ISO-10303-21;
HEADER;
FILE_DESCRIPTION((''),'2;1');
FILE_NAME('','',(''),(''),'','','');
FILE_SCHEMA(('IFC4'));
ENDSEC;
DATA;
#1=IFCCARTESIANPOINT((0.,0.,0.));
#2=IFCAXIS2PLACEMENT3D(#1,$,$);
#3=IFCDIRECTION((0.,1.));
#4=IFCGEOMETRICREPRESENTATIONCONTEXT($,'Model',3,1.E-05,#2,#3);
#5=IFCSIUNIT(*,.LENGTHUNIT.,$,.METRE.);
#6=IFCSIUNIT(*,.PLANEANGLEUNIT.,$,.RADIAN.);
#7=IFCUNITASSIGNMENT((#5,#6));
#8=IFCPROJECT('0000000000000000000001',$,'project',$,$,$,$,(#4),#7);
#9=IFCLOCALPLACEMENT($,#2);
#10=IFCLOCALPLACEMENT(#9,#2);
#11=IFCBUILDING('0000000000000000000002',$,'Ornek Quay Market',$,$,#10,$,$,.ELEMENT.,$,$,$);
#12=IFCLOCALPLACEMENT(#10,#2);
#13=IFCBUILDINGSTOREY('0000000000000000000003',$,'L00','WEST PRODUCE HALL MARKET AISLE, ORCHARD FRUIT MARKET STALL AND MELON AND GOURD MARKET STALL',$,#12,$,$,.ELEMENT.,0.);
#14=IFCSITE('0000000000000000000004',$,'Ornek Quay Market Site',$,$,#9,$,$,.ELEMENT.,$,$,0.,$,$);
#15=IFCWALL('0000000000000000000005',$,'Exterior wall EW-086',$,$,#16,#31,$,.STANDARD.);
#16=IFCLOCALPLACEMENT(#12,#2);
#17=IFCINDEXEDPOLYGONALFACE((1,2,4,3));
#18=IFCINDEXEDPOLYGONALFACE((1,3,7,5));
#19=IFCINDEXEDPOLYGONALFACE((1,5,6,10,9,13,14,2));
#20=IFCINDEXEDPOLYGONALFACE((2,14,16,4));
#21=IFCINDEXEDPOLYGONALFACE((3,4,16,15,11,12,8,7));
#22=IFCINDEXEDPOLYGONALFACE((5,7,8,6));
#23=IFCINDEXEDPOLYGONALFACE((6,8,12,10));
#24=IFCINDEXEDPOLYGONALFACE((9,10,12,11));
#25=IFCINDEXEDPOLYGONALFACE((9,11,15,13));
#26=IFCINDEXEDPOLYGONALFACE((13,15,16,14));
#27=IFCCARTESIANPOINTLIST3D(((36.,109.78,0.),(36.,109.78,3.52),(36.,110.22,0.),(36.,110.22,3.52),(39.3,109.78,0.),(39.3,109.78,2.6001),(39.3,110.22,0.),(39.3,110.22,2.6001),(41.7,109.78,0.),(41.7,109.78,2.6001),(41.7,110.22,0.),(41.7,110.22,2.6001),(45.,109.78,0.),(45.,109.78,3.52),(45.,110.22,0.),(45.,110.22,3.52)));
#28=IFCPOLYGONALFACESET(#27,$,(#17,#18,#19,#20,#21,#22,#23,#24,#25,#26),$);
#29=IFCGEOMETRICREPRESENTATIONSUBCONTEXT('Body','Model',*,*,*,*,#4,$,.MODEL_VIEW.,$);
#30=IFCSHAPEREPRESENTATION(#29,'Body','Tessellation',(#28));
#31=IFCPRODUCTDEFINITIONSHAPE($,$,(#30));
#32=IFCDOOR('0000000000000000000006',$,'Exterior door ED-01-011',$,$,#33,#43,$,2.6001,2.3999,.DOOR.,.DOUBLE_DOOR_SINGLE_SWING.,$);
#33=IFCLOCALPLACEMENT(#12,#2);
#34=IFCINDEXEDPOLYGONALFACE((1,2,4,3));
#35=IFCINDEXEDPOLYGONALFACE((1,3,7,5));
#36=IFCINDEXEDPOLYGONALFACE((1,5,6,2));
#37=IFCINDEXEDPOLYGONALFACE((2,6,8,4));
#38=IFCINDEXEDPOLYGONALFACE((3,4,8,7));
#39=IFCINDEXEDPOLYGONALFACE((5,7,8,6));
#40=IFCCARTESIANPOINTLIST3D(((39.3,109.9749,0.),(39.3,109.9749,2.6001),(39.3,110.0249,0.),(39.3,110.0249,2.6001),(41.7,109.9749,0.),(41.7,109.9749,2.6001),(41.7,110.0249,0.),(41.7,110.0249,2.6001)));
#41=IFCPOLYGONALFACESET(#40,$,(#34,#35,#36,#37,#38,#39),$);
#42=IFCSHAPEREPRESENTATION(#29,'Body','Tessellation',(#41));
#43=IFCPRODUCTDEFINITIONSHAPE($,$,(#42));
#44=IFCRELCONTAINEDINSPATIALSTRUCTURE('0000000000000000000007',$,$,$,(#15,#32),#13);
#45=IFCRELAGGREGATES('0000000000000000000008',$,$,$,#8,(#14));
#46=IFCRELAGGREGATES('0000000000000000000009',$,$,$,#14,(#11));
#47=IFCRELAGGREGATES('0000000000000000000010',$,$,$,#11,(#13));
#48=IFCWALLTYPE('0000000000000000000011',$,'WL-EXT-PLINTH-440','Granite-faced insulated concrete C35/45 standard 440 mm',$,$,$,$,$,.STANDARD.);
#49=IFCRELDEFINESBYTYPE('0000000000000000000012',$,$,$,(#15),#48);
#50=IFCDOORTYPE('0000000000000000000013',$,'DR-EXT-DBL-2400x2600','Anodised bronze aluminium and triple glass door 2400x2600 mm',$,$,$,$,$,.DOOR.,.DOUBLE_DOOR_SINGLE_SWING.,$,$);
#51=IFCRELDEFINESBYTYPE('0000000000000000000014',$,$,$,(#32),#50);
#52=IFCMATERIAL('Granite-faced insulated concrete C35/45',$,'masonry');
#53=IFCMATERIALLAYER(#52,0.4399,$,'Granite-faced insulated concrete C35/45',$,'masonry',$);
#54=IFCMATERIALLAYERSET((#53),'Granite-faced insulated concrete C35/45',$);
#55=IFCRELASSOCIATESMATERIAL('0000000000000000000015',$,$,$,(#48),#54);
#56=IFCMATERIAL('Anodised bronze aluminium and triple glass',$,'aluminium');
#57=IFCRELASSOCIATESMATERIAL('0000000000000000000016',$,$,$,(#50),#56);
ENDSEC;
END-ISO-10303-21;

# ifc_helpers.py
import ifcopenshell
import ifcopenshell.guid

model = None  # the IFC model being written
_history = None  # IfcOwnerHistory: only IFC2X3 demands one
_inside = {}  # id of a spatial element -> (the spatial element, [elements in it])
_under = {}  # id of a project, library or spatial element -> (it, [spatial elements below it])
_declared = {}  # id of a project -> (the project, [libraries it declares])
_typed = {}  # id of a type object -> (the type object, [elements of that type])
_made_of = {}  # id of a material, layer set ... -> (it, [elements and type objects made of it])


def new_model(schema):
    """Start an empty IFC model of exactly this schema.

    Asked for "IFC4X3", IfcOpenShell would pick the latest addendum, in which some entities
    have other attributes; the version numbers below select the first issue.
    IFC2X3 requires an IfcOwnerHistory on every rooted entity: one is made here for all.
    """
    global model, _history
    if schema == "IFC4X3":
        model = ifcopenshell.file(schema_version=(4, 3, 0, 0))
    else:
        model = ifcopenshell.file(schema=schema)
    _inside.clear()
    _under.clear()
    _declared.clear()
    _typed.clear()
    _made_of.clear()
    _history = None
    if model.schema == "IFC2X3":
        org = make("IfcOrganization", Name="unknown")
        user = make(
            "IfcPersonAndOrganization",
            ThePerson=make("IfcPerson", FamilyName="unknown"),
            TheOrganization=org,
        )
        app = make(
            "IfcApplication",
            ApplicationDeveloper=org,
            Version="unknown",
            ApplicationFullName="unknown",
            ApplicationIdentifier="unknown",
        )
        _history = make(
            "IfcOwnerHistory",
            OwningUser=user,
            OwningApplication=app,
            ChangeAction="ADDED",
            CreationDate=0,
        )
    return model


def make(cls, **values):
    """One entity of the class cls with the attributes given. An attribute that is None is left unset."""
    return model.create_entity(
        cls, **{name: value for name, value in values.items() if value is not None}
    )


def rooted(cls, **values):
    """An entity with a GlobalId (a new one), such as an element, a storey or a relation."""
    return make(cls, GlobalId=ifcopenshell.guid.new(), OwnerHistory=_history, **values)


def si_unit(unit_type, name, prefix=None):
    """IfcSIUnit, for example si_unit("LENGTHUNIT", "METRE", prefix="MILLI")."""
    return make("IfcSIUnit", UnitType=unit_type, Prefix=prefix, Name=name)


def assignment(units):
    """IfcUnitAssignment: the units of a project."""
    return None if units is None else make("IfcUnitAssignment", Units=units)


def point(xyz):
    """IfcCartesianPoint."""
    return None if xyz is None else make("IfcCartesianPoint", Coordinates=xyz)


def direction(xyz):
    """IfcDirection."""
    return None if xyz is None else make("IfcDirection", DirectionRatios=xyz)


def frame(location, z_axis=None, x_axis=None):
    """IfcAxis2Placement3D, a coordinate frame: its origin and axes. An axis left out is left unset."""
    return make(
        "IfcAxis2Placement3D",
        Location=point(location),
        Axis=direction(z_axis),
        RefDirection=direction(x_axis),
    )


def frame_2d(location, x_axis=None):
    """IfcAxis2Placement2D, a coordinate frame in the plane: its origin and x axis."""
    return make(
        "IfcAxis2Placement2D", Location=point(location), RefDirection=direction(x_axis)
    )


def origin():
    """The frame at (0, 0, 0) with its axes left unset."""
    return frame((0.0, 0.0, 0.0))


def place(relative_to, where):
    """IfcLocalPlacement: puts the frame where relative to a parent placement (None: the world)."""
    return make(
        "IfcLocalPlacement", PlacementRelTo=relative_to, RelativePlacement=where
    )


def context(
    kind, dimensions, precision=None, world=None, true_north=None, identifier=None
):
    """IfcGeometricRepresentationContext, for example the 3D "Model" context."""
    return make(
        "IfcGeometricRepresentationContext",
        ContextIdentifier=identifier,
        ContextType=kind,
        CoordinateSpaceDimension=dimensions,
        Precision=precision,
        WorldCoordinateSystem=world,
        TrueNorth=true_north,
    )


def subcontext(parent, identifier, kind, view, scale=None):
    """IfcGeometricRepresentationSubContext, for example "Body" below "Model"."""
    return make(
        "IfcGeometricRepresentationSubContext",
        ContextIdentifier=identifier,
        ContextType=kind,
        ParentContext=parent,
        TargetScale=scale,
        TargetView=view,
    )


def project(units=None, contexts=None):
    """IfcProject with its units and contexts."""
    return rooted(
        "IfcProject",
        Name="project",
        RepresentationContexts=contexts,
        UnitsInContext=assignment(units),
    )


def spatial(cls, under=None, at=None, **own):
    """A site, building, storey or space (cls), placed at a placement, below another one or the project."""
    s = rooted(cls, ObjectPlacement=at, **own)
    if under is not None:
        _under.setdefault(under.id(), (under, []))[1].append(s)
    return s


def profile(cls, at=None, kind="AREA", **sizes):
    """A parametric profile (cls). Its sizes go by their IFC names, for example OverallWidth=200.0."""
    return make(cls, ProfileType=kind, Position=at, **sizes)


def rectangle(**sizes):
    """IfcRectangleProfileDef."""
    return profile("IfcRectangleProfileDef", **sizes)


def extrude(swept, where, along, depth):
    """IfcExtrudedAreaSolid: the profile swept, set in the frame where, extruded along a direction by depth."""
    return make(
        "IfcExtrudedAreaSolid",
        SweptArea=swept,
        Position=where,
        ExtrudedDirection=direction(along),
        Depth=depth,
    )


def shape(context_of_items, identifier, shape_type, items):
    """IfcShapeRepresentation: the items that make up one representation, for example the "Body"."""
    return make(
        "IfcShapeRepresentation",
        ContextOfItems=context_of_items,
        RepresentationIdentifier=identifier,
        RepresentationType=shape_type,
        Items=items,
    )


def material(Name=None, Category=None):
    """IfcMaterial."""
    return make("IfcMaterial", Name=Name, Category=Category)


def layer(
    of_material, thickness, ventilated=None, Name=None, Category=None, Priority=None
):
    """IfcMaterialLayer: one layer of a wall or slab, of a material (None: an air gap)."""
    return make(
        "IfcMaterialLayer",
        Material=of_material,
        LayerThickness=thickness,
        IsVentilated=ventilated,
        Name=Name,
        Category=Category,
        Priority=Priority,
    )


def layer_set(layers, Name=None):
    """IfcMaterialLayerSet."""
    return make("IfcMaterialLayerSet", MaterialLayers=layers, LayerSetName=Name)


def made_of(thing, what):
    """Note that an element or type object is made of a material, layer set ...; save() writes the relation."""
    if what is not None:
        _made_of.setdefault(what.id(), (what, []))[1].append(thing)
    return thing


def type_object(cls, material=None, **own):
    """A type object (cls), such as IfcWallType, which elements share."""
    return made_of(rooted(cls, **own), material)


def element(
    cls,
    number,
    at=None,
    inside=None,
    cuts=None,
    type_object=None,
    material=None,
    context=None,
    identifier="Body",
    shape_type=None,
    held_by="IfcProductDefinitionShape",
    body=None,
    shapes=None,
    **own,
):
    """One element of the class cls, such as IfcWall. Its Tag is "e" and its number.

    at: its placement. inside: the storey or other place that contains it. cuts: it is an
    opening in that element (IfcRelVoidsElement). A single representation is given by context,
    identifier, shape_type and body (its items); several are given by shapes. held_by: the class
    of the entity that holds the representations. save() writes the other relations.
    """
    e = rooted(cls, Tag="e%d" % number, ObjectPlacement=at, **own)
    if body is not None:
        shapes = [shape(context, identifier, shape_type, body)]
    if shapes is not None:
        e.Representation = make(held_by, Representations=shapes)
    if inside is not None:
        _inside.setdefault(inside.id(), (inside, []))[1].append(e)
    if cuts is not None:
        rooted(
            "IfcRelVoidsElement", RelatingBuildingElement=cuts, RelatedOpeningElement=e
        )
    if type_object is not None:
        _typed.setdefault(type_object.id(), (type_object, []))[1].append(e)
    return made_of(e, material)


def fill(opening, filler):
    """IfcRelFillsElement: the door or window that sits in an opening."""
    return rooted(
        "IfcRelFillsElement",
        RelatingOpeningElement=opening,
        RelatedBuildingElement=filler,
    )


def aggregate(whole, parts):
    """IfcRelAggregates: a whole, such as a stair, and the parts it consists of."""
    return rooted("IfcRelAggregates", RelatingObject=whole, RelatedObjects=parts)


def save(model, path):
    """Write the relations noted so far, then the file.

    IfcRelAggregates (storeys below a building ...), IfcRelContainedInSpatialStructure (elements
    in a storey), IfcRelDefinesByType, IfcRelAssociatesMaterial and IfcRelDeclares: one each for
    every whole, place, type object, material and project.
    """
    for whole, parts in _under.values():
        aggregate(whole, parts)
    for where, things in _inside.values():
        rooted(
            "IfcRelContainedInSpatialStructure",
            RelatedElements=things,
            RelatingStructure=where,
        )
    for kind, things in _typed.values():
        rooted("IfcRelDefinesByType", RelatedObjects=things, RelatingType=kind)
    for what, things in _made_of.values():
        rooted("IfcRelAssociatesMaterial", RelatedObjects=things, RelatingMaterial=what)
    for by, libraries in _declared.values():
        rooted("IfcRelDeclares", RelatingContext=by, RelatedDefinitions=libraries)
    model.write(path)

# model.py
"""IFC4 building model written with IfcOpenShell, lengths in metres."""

from ifc_helpers import new_model, si_unit, direction, frame, frame_2d, origin, place, context, subcontext, project, spatial, rectangle, extrude, material, layer, layer_set, type_object, element, fill, save


model = new_model("IFC4")

# Units and contexts
model_context = context("Model", 3, precision=1e-05, world=origin(), true_north=direction((0.0, 1.0)))
body_context = subcontext(model_context, "Body", "Model", "MODEL_VIEW")
ifc_project = project(units=[si_unit("LENGTHUNIT", "METRE"), si_unit("PLANEANGLEUNIT", "RADIAN")], contexts=[model_context])

# Site, building, storey
site_placement = place(None, origin())
site = spatial("IfcSite", under=ifc_project, at=site_placement, Name="Ornek Quay Market Site", CompositionType="ELEMENT", RefElevation=0.0)
building_placement = place(site_placement, origin())
building = spatial("IfcBuilding", under=site, at=building_placement, Name="Ornek Quay Market", CompositionType="ELEMENT")
storey_placement = place(building_placement, origin())
storey = spatial("IfcBuildingStorey", under=building, at=storey_placement, Name="L00", Description="WEST PRODUCE HALL MARKET AISLE, ORCHARD FRUIT MARKET STALL AND MELON AND GOURD MARKET STALL", CompositionType="ELEMENT", Elevation=0.0)

# Wall, opening, door
ifc_material_1 = material(Name="Granite-faced insulated concrete C35/45", Category="masonry")
ifc_layer_1 = layer(ifc_material_1, 0.4399, Name="Granite-faced insulated concrete C35/45", Category="masonry")
ifc_layer_set_1 = layer_set([ifc_layer_1], Name="Granite-faced insulated concrete C35/45")
wall_type = type_object("IfcWallType", Name="WL-EXT-PLINTH-440", Description="Granite-faced insulated concrete C35/45 standard 440 mm", PredefinedType="STANDARD", material=ifc_layer_set_1)
wall_placement = place(storey_placement, frame((36.0, 110.0, 0.0), z_axis=(0.0, 0.0, 1.0), x_axis=(1.0, 0.0, 0.0)))
wall = element("IfcWall", 1, at=wall_placement, inside=storey, type_object=wall_type, Name="Exterior wall EW-086", PredefinedType="STANDARD", context=body_context, shape_type="SweptSolid", body=[
    extrude(rectangle(XDim=9.0, YDim=0.4399, at=frame_2d((4.5, 0.0))), origin(), (0.0, 0.0, 1.0), 3.52),
])
opening_placement = place(wall_placement, frame((3.3, 0.0, 0.0)))
opening = element("IfcOpeningElement", 2, at=opening_placement, cuts=wall, PredefinedType="OPENING", context=body_context, shape_type="SweptSolid", body=[
    extrude(rectangle(XDim=2.3999, YDim=2.6001, at=frame_2d((1.2, 1.3))), frame((0.0, 0.23, 0.0), z_axis=(0.0, -1.0, 0.0), x_axis=(1.0, 0.0, 0.0)), (0.0, 0.0, 1.0), 0.46),
])
ifc_material_2 = material(Name="Anodised bronze aluminium and triple glass", Category="aluminium")
door_type = type_object("IfcDoorType", Name="DR-EXT-DBL-2400x2600", Description="Anodised bronze aluminium and triple glass door 2400x2600 mm", OperationType="DOUBLE_DOOR_SINGLE_SWING", PredefinedType="DOOR", material=ifc_material_2)
door_placement = place(opening_placement, origin())
door = element("IfcDoor", 3, at=door_placement, inside=storey, type_object=door_type, Name="Exterior door ED-01-011", OperationType="DOUBLE_DOOR_SINGLE_SWING", OverallHeight=2.6001, OverallWidth=2.3999, PredefinedType="DOOR", context=body_context, shape_type="SweptSolid", body=[
    extrude(rectangle(XDim=2.3999, YDim=2.6001, at=frame_2d((1.2, 1.3))), frame((0.0, 0.0249, 0.0), z_axis=(0.0, -1.0, 0.0), x_axis=(1.0, 0.0, 0.0)), (0.0, 0.0, 1.0), 0.05),
])
fill(opening, door)

save(model, "model.ifc")
